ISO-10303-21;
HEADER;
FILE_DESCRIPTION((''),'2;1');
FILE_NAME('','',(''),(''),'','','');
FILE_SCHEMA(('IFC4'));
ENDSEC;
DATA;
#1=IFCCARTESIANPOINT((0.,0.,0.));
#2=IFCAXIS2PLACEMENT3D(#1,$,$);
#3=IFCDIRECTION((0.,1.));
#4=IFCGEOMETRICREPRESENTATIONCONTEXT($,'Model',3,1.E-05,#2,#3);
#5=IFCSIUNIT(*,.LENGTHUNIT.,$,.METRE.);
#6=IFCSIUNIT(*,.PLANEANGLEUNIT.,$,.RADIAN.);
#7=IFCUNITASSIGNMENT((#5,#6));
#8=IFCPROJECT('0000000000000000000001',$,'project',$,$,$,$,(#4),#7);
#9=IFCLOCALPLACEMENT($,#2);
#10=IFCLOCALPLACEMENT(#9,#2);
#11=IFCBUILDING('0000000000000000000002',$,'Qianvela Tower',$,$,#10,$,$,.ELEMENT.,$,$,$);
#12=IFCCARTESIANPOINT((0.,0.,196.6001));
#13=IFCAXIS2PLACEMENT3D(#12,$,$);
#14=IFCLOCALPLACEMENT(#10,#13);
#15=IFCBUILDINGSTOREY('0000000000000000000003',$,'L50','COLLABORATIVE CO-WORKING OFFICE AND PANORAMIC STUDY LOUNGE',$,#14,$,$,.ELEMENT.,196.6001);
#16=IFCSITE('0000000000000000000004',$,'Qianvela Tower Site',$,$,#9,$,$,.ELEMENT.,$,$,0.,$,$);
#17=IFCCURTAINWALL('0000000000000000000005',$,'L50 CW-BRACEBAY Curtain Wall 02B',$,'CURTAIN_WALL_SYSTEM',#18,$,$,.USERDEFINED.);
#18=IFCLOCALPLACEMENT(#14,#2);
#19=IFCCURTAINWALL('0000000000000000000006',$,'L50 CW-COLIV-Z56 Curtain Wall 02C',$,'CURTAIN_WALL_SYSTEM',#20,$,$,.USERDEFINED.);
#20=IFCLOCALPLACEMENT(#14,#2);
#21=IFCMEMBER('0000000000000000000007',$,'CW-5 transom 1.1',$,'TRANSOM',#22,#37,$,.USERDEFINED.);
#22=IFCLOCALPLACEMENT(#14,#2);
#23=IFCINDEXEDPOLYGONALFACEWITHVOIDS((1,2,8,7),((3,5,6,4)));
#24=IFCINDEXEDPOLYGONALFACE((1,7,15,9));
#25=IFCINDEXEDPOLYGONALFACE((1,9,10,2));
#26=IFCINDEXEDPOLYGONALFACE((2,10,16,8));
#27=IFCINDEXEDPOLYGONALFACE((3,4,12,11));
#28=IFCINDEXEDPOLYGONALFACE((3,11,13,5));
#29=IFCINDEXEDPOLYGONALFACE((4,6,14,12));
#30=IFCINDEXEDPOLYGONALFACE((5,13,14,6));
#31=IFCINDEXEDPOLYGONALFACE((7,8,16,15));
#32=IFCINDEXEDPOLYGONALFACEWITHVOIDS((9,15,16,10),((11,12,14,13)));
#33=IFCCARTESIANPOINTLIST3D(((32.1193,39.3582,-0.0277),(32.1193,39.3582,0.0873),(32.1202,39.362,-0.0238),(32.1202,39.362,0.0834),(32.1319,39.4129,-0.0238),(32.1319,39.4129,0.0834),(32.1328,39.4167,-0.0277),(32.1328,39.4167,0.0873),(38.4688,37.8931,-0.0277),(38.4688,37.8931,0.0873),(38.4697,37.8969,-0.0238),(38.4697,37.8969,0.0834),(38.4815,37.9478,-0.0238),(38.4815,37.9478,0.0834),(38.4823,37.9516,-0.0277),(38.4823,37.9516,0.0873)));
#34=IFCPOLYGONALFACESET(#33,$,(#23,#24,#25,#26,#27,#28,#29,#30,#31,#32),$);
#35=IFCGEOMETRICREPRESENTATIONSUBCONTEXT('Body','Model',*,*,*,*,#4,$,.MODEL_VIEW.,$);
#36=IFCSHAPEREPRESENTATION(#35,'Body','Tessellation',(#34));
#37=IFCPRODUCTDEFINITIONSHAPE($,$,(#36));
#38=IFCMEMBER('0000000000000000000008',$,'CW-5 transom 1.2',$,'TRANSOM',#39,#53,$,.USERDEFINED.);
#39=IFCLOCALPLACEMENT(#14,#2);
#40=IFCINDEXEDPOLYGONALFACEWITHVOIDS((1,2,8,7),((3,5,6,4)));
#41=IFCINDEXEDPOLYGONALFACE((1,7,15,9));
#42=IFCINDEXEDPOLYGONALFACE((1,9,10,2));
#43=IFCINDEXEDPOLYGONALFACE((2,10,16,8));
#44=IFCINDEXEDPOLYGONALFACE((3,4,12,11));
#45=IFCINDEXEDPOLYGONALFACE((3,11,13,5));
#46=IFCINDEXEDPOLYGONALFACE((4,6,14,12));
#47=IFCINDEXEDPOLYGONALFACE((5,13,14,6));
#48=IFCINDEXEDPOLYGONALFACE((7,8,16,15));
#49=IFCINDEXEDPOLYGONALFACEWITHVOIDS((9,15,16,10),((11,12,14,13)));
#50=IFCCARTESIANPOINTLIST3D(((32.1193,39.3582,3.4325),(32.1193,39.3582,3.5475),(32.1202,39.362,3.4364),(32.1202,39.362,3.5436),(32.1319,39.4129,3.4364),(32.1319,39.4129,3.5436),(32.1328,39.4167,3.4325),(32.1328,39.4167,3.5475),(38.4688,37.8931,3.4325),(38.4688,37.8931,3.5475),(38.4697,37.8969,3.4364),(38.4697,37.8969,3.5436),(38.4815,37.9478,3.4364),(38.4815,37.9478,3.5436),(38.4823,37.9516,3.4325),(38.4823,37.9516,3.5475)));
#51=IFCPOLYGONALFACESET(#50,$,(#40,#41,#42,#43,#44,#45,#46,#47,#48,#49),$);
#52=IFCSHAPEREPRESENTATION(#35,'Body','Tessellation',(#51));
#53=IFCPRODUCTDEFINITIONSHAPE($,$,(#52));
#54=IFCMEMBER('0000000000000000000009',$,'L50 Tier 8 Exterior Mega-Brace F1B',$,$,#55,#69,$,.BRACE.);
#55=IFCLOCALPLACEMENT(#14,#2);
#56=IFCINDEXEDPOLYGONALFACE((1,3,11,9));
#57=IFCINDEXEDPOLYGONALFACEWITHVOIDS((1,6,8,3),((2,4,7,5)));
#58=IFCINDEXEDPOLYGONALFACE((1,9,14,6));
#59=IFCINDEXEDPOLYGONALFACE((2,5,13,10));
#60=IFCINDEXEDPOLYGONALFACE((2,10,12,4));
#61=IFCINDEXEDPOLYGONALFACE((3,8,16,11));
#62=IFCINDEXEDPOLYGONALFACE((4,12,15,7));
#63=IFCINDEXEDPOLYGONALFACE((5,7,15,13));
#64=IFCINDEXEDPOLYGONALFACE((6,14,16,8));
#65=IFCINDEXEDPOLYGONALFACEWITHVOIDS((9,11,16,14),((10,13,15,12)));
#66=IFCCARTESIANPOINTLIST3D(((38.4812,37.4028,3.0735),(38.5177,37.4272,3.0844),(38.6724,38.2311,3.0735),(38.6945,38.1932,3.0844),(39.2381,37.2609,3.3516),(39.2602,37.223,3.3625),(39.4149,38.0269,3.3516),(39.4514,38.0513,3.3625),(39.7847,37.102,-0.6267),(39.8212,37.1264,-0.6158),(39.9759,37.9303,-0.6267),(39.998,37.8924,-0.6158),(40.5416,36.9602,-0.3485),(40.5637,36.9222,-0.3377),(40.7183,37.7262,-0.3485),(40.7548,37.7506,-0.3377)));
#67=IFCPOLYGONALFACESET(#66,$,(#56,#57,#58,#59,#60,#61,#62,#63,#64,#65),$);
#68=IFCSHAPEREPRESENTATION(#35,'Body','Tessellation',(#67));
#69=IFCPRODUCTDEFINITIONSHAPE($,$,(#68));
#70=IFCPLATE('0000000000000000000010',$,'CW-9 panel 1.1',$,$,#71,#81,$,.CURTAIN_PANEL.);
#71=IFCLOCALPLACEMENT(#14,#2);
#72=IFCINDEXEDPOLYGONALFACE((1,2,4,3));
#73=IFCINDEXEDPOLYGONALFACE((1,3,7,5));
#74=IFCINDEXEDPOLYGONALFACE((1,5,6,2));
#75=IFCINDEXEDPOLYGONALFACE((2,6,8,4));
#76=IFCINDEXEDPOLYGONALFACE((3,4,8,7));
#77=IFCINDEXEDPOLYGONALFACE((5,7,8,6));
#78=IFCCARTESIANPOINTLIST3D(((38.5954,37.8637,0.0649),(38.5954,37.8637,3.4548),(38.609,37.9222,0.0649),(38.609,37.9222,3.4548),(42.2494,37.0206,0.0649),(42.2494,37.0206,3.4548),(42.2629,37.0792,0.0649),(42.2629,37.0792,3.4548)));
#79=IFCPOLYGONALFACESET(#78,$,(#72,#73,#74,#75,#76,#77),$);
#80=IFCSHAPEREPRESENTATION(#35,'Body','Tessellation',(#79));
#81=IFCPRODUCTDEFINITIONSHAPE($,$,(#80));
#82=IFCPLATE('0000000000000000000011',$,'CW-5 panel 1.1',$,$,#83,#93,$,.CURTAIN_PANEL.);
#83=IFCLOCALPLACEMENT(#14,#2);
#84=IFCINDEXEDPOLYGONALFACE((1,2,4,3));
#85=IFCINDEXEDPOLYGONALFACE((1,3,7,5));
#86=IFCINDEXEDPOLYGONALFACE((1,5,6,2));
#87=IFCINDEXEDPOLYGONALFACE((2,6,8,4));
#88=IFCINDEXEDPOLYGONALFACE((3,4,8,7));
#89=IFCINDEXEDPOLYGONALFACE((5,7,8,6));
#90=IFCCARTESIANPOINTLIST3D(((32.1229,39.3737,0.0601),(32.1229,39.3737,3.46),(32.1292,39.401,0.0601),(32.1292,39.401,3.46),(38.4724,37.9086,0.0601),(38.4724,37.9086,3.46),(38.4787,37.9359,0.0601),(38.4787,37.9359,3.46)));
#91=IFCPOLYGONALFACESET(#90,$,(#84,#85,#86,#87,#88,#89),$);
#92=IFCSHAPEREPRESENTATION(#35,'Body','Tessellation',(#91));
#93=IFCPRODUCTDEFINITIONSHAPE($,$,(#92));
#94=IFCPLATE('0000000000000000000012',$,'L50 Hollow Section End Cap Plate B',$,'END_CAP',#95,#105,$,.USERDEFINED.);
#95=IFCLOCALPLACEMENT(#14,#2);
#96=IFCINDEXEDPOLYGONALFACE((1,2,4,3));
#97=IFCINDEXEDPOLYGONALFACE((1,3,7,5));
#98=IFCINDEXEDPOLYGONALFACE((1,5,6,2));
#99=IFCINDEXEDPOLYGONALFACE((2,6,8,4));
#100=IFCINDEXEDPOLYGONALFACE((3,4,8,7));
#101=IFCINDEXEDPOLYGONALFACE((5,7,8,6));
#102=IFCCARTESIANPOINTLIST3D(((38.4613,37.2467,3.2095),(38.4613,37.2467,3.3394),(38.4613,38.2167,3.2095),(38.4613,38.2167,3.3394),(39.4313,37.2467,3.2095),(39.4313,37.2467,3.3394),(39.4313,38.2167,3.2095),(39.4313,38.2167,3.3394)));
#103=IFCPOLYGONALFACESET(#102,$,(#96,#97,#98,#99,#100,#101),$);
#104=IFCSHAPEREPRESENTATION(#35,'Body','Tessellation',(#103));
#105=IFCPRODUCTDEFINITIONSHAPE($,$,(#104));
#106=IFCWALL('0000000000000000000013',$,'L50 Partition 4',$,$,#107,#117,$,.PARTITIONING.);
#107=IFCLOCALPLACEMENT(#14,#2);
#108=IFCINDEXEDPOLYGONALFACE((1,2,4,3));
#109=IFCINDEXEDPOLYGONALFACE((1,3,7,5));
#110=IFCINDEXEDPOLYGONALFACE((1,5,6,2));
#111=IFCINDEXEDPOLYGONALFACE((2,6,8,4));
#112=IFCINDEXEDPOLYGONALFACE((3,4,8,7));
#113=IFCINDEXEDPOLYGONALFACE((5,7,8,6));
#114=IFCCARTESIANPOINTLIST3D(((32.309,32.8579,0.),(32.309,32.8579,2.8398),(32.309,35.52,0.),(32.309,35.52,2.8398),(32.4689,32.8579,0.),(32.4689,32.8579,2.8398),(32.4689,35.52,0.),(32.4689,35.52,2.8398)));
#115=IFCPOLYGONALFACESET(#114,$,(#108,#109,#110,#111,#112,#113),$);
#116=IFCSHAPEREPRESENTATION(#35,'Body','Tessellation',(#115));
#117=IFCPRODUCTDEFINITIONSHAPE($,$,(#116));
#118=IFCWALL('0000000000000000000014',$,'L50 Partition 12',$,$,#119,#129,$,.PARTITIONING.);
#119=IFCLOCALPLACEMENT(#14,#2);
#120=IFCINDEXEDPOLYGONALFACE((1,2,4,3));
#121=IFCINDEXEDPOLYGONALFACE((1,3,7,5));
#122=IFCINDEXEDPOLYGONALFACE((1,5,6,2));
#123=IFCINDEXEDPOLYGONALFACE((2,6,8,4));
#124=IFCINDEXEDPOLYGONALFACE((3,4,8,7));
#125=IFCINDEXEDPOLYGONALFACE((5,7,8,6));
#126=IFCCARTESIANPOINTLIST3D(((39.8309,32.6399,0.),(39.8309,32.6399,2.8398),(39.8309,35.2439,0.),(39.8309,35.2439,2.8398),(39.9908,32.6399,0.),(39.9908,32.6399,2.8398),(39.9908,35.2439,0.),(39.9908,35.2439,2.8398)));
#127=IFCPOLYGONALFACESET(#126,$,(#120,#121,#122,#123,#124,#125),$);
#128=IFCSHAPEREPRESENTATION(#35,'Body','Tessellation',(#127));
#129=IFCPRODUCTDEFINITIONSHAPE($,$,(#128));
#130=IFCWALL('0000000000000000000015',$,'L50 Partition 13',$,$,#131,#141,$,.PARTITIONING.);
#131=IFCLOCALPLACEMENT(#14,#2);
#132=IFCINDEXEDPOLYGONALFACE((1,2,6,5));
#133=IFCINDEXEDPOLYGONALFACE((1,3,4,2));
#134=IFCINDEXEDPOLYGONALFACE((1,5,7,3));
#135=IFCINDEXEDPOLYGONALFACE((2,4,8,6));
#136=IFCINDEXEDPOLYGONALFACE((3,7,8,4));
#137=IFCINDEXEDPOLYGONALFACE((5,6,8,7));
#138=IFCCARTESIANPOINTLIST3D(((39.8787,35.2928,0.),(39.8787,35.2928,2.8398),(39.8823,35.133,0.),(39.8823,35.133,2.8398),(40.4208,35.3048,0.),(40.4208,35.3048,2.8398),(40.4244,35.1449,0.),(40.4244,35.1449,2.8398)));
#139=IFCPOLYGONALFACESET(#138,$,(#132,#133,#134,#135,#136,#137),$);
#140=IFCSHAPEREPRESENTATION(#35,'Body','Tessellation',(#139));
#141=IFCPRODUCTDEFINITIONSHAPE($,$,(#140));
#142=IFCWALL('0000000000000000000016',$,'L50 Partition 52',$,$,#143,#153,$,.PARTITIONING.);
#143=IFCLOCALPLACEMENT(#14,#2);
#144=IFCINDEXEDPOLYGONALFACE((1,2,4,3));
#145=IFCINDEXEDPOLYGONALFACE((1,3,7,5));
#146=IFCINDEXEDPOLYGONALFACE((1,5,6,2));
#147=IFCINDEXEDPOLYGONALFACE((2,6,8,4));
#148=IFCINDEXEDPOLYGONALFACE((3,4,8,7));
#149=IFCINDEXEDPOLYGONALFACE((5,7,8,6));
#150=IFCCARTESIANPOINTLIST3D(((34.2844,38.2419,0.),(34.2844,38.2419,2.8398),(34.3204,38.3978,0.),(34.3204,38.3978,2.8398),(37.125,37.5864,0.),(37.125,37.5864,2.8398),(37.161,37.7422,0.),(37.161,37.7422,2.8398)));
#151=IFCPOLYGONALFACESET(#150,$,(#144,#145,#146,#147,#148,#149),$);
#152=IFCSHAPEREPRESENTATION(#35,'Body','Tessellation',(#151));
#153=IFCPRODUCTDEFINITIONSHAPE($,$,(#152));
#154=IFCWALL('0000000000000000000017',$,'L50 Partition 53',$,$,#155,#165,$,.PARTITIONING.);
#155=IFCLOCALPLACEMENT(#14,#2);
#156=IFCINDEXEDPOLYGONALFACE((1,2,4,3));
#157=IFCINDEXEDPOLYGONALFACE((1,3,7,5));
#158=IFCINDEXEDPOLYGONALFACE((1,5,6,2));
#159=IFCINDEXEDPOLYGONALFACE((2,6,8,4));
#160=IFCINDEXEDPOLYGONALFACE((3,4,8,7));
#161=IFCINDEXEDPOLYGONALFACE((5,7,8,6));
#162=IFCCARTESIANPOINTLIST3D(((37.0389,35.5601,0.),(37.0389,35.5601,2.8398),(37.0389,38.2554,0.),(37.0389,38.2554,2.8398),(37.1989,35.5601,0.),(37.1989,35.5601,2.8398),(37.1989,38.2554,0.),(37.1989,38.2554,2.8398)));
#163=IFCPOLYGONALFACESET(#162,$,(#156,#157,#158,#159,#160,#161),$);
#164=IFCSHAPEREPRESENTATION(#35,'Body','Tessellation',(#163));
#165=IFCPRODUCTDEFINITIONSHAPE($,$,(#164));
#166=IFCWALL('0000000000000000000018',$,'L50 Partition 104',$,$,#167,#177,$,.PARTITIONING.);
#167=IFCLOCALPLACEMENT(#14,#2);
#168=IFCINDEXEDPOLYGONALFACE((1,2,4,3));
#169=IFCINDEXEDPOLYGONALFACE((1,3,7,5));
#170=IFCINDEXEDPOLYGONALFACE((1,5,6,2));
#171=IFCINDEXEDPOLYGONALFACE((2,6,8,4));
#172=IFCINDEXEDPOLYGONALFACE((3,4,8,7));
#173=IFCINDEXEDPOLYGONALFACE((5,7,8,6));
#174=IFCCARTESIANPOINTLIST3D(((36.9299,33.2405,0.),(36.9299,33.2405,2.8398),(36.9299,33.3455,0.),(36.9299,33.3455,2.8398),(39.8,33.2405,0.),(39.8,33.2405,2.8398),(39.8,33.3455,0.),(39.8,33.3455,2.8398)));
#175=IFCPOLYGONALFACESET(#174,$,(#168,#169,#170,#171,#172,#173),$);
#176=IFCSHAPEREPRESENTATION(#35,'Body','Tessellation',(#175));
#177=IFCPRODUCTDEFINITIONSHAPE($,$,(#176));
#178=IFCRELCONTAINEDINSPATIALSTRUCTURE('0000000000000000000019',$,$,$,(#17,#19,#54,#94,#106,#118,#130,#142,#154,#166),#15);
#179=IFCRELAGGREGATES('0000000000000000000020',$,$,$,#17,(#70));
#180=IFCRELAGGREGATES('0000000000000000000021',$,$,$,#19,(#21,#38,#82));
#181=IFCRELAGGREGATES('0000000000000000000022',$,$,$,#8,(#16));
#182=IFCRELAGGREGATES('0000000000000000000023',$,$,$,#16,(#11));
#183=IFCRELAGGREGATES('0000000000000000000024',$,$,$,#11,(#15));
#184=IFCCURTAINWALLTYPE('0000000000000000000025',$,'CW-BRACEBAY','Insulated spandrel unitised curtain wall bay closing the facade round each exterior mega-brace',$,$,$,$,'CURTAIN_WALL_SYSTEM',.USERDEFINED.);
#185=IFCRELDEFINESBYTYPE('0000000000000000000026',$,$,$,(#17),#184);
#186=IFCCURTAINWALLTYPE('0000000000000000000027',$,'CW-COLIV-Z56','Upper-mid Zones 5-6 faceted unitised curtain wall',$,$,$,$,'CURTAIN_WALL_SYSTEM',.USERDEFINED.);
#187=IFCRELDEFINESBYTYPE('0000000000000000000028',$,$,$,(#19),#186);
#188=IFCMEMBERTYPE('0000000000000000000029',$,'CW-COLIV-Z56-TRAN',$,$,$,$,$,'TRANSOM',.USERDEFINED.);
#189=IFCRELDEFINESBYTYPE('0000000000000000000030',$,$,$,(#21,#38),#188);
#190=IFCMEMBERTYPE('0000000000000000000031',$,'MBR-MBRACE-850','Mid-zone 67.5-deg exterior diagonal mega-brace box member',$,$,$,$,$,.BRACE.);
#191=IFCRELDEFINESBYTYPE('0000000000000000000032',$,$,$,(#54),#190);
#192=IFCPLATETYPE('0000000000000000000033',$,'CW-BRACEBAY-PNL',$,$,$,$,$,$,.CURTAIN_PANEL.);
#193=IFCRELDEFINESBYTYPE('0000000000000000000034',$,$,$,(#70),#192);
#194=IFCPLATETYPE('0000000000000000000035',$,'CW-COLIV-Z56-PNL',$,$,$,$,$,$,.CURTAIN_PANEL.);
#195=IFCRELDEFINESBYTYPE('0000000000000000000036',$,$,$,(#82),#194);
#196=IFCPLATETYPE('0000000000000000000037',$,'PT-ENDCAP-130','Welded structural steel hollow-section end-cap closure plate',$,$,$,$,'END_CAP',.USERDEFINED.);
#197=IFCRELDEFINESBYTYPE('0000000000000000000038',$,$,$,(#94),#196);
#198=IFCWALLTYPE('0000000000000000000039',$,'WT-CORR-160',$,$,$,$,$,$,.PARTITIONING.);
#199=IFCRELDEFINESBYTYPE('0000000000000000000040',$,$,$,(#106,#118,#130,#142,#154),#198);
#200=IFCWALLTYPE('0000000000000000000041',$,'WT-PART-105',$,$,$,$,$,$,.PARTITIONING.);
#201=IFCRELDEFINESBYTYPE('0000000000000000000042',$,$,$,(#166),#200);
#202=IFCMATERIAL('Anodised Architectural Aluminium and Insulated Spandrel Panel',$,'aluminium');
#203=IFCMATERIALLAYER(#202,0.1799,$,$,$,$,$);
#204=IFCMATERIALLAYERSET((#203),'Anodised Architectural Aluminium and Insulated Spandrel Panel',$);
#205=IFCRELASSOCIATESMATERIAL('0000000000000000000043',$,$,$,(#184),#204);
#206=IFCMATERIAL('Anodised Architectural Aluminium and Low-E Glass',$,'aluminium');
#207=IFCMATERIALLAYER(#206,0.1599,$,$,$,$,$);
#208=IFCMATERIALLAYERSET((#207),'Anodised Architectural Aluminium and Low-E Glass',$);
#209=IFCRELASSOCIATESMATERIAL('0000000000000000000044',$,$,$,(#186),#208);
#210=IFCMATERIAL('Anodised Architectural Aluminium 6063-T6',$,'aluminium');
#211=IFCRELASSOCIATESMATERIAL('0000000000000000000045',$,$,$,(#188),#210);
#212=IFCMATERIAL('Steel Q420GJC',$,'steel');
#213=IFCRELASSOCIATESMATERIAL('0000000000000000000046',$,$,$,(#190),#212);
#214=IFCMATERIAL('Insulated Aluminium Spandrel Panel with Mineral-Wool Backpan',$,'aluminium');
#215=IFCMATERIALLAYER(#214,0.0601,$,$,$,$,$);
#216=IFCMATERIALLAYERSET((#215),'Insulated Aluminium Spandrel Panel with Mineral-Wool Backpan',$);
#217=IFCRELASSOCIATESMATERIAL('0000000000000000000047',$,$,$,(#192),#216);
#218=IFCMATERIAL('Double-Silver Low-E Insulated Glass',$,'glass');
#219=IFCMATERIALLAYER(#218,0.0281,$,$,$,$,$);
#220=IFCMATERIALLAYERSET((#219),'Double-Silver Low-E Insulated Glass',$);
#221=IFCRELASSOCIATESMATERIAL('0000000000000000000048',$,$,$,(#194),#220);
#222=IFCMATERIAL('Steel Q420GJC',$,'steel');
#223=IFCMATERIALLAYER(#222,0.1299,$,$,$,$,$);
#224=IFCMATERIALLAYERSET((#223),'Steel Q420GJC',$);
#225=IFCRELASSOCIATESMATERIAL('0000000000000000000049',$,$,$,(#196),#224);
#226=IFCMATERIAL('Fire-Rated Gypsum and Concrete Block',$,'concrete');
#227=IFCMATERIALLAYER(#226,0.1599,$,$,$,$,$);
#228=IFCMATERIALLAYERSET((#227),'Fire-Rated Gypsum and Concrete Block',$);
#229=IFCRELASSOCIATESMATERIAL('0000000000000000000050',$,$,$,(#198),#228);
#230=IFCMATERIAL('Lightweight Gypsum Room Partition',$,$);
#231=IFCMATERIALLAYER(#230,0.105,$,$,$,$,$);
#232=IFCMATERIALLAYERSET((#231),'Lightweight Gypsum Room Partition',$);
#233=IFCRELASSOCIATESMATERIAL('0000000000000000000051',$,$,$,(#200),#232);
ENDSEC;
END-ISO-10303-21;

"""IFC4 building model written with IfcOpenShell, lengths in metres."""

from ifc_helpers import new_model, si_unit, direction, frame, frame_2d, origin, origin_2d, place, context, subcontext, project, spatial, rectangle, hollow_rectangle, extrude, material, layer, layer_set, material_profile, profile_set, type_object, element, aggregate, save


model = new_model("IFC4")

# Units and contexts
model_context = context("Model", 3, precision=1e-05, world=origin(), true_north=direction((0.0, 1.0)))
body_context = subcontext(model_context, "Body", "Model", "MODEL_VIEW")
ifc_project = project(units=[si_unit("LENGTHUNIT", "METRE"), si_unit("PLANEANGLEUNIT", "RADIAN")], contexts=[model_context])

# Site, building, storey
site_placement = place(None, origin())
site = spatial("IfcSite", under=ifc_project, at=site_placement, Name="Qianvela Tower Site", CompositionType="ELEMENT", RefElevation=0.0)
building_placement = place(site_placement, origin())
building = spatial("IfcBuilding", under=site, at=building_placement, Name="Qianvela Tower", CompositionType="ELEMENT")
storey_placement = place(building_placement, frame((0.0, 0.0, 196.6001)))
storey = spatial("IfcBuildingStorey", under=building, at=storey_placement, Name="L50", Description="COLLABORATIVE CO-WORKING OFFICE AND PANORAMIC STUDY LOUNGE", CompositionType="ELEMENT", Elevation=196.6001)

# Curtain wall
ifc_material_1 = material(Name="Anodised Architectural Aluminium and Insulated Spandrel Panel", Category="aluminium")
ifc_layer_1 = layer(ifc_material_1, 0.1799)
ifc_layer_set_1 = layer_set([ifc_layer_1], Name="Anodised Architectural Aluminium and Insulated Spandrel Panel")
curtain_wall_type_1 = type_object("IfcCurtainWallType", Name="CW-BRACEBAY", Description="Insulated spandrel unitised curtain wall bay closing the facade round each exterior mega-brace", ElementType="CURTAIN_WALL_SYSTEM", PredefinedType="USERDEFINED", material=ifc_layer_set_1)
curtain_wall_1_placement = place(storey_placement, origin())
curtain_wall_1 = element("IfcCurtainWall", 1, at=curtain_wall_1_placement, inside=storey, type_object=curtain_wall_type_1, Name="L50 CW-BRACEBAY Curtain Wall 02B", ObjectType="CURTAIN_WALL_SYSTEM", PredefinedType="USERDEFINED")

# Curtain wall, members
ifc_material_2 = material(Name="Anodised Architectural Aluminium and Low-E Glass", Category="aluminium")
ifc_layer_2 = layer(ifc_material_2, 0.1599)
ifc_layer_set_2 = layer_set([ifc_layer_2], Name="Anodised Architectural Aluminium and Low-E Glass")
curtain_wall_type_2 = type_object("IfcCurtainWallType", Name="CW-COLIV-Z56", Description="Upper-mid Zones 5-6 faceted unitised curtain wall", ElementType="CURTAIN_WALL_SYSTEM", PredefinedType="USERDEFINED", material=ifc_layer_set_2)
curtain_wall_2_placement = place(storey_placement, origin())
curtain_wall_2 = element("IfcCurtainWall", 2, at=curtain_wall_2_placement, inside=storey, type_object=curtain_wall_type_2, Name="L50 CW-COLIV-Z56 Curtain Wall 02C", ObjectType="CURTAIN_WALL_SYSTEM", PredefinedType="USERDEFINED")
ifc_material_3 = material(Name="Anodised Architectural Aluminium 6063-T6", Category="aluminium")
ifc_material_profile_1 = material_profile(ifc_material_3, hollow_rectangle(XDim=0.0601, YDim=0.115, WallThickness=0.0039, at=origin_2d()), Name="ALU-TRAN-60x115")
ifc_profile_set_1 = profile_set([ifc_material_profile_1], Name="Anodised Architectural Aluminium 6063-T6")
member_type_1 = type_object("IfcMemberType", Name="CW-COLIV-Z56-TRAN", ElementType="TRANSOM", PredefinedType="USERDEFINED", material=ifc_profile_set_1)
member_1_placement = place(storey_placement, frame((38.4756, 37.9224, 0.0298), z_axis=(-0.974398, 0.224829, 0.0), x_axis=(-0.224829, -0.974398, 0.0)))
member_1 = element("IfcMember", 3, at=member_1_placement, type_object=member_type_1, Name="CW-5 transom 1.1", ObjectType="TRANSOM", PredefinedType="USERDEFINED", context=body_context, shape_type="SweptSolid", body=[
    extrude(hollow_rectangle(XDim=0.0601, YDim=0.115, WallThickness=0.0039, at=origin_2d()), origin(), (0.0, 0.0, 1.0), 6.5164),
])
member_2_placement = place(storey_placement, frame((38.4756, 37.9224, 3.49), z_axis=(-0.974398, 0.224829, 0.0), x_axis=(-0.224829, -0.974398, 0.0)))
member_2 = element("IfcMember", 4, at=member_2_placement, type_object=member_type_1, Name="CW-5 transom 1.2", ObjectType="TRANSOM", PredefinedType="USERDEFINED", context=body_context, shape_type="SweptSolid", body=[
    extrude(hollow_rectangle(XDim=0.0601, YDim=0.115, WallThickness=0.0039, at=origin_2d()), origin(), (0.0, 0.0, 1.0), 6.5164),
])

# Member
ifc_material_4 = material(Name="Steel Q420GJC", Category="steel")
ifc_material_profile_2 = material_profile(ifc_material_4, hollow_rectangle(XDim=0.8501, YDim=0.8501, WallThickness=0.032, at=origin_2d()), Name="MBOX-850x850x32")
ifc_profile_set_2 = profile_set([ifc_material_profile_2], Name="Steel Q420GJC")
member_type_2 = type_object("IfcMemberType", Name="MBR-MBRACE-850", Description="Mid-zone 67.5-deg exterior diagonal mega-brace box member", PredefinedType="BRACE", material=ifc_profile_set_2)
member_3_placement = place(storey_placement, frame((40.2698, 37.4263, -0.4822), z_axis=(-0.331285, 0.076446, 0.940429), x_axis=(-0.224846, -0.974394, 0.0)))
element("IfcMember", 5, at=member_3_placement, inside=storey, type_object=member_type_2, Name="L50 Tier 8 Exterior Mega-Brace F1B", PredefinedType="BRACE", context=body_context, shape_type="SweptSolid", body=[
    extrude(hollow_rectangle(XDim=0.8501, YDim=0.8501, WallThickness=0.032, at=origin_2d()), origin(), (0.0, 0.0, 1.0), 3.9346),
])

# Plates
ifc_material_5 = material(Name="Insulated Aluminium Spandrel Panel with Mineral-Wool Backpan", Category="aluminium")
ifc_layer_3 = layer(ifc_material_5, 0.0601)
ifc_layer_set_3 = layer_set([ifc_layer_3], Name="Insulated Aluminium Spandrel Panel with Mineral-Wool Backpan")
plate_type_1 = type_object("IfcPlateType", Name="CW-BRACEBAY-PNL", PredefinedType="CURTAIN_PANEL", material=ifc_layer_set_3)
plate_1_placement = place(storey_placement, frame((40.4292, 37.4714, 0.0649), z_axis=(0.0, 0.0, 1.0), x_axis=(-0.974399, 0.224824, 0.0)))
plate_1 = element("IfcPlate", 6, at=plate_1_placement, type_object=plate_type_1, Name="CW-9 panel 1.1", PredefinedType="CURTAIN_PANEL", context=body_context, shape_type="SweptSolid", body=[
    extrude(rectangle(XDim=3.75, YDim=0.0601, at=origin_2d()), origin(), (0.0, 0.0, 1.0), 3.3899),
])
aggregate(curtain_wall_1, [plate_1])
ifc_material_6 = material(Name="Double-Silver Low-E Insulated Glass", Category="glass")
ifc_layer_4 = layer(ifc_material_6, 0.0281)
ifc_layer_set_4 = layer_set([ifc_layer_4], Name="Double-Silver Low-E Insulated Glass")
plate_type_2 = type_object("IfcPlateType", Name="CW-COLIV-Z56-PNL", PredefinedType="CURTAIN_PANEL", material=ifc_layer_set_4)
plate_2_placement = place(storey_placement, frame((35.3008, 38.6548, 0.0601), z_axis=(0.0, 0.0, 1.0), x_axis=(-0.974397, 0.224836, 0.0)))
plate_2 = element("IfcPlate", 7, at=plate_2_placement, type_object=plate_type_2, Name="CW-5 panel 1.1", PredefinedType="CURTAIN_PANEL", context=body_context, shape_type="SweptSolid", body=[
    extrude(rectangle(XDim=6.5164, YDim=0.0281, at=origin_2d()), origin(), (0.0, 0.0, 1.0), 3.3999),
])
aggregate(curtain_wall_2, [member_1, member_2, plate_2])
ifc_material_7 = material(Name="Steel Q420GJC", Category="steel")
ifc_layer_5 = layer(ifc_material_7, 0.1299)
ifc_layer_set_5 = layer_set([ifc_layer_5], Name="Steel Q420GJC")
plate_type_3 = type_object("IfcPlateType", Name="PT-ENDCAP-130", Description="Welded structural steel hollow-section end-cap closure plate", ElementType="END_CAP", PredefinedType="USERDEFINED", material=ifc_layer_set_5)
plate_3_placement = place(storey_placement, frame((38.9463, 37.7317, 3.2095), z_axis=(0.0, 0.0, 1.0), x_axis=(1.0, 0.0, 0.0)))
element("IfcPlate", 8, at=plate_3_placement, inside=storey, type_object=plate_type_3, Name="L50 Hollow Section End Cap Plate B", ObjectType="END_CAP", PredefinedType="USERDEFINED", context=body_context, shape_type="SweptSolid", body=[
    extrude(rectangle(XDim=0.97, YDim=0.97, at=origin_2d()), origin(), (0.0, 0.0, 1.0), 0.1299),
])

# Walls
ifc_material_8 = material(Name="Fire-Rated Gypsum and Concrete Block", Category="concrete")
ifc_layer_6 = layer(ifc_material_8, 0.1599)
ifc_layer_set_6 = layer_set([ifc_layer_6], Name="Fire-Rated Gypsum and Concrete Block")
wall_type_1 = type_object("IfcWallType", Name="WT-CORR-160", PredefinedType="PARTITIONING", material=ifc_layer_set_6)
wall_1_placement = place(storey_placement, frame((32.3889, 35.52, 0.0), z_axis=(0.0, 0.0, 1.0), x_axis=(0.0, -1.0, 0.0)))
element("IfcWall", 9, at=wall_1_placement, inside=storey, type_object=wall_type_1, Name="L50 Partition 4", PredefinedType="PARTITIONING", context=body_context, shape_type="SweptSolid", body=[
    extrude(rectangle(XDim=2.6621, YDim=0.1599, at=frame_2d((1.3311, 0.0))), origin(), (0.0, 0.0, 1.0), 2.8398),
])
wall_2_placement = place(storey_placement, frame((39.9109, 32.6399, 0.0), z_axis=(0.0, 0.0, 1.0), x_axis=(0.0, 1.0, 0.0)))
element("IfcWall", 10, at=wall_2_placement, inside=storey, type_object=wall_type_1, Name="L50 Partition 12", PredefinedType="PARTITIONING", context=body_context, shape_type="SweptSolid", body=[
    extrude(rectangle(XDim=2.604, YDim=0.1599, at=frame_2d((1.302, 0.0))), origin(), (0.0, 0.0, 1.0), 2.8398),
])
wall_3_placement = place(storey_placement, frame((39.8806, 35.2129, 0.0), z_axis=(0.0, 0.0, 1.0), x_axis=(0.999757, 0.022067, 0.0)))
element("IfcWall", 11, at=wall_3_placement, inside=storey, type_object=wall_type_1, Name="L50 Partition 13", PredefinedType="PARTITIONING", context=body_context, shape_type="SweptSolid", body=[
    extrude(rectangle(XDim=0.5422, YDim=0.1599, at=frame_2d((0.271, 0.0))), origin(), (0.0, 0.0, 1.0), 2.8398),
])
wall_4_placement = place(storey_placement, frame((34.3025, 38.3198, 0.0), z_axis=(0.0, 0.0, 1.0), x_axis=(0.974391, -0.22486, 0.0)))
element("IfcWall", 12, at=wall_4_placement, inside=storey, type_object=wall_type_1, Name="L50 Partition 52", PredefinedType="PARTITIONING", context=body_context, shape_type="SweptSolid", body=[
    extrude(rectangle(XDim=2.9153, YDim=0.1599, at=frame_2d((1.4575, 0.0))), origin(), (0.0, 0.0, 1.0), 2.8398),
])
wall_5_placement = place(storey_placement, frame((37.1189, 38.2554, 0.0), z_axis=(0.0, 0.0, 1.0), x_axis=(0.0, -1.0, 0.0)))
element("IfcWall", 13, at=wall_5_placement, inside=storey, type_object=wall_type_1, Name="L50 Partition 53", PredefinedType="PARTITIONING", context=body_context, shape_type="SweptSolid", body=[
    extrude(rectangle(XDim=2.6953, YDim=0.1599, at=frame_2d((1.3477, 0.0))), origin(), (0.0, 0.0, 1.0), 2.8398),
])
ifc_material_9 = material(Name="Lightweight Gypsum Room Partition")
ifc_layer_7 = layer(ifc_material_9, 0.105)
ifc_layer_set_7 = layer_set([ifc_layer_7], Name="Lightweight Gypsum Room Partition")
wall_type_2 = type_object("IfcWallType", Name="WT-PART-105", PredefinedType="PARTITIONING", material=ifc_layer_set_7)
wall_6_placement = place(storey_placement, frame((39.8, 33.293, 0.0), z_axis=(0.0, 0.0, 1.0), x_axis=(-1.0, 0.0, 0.0)))
element("IfcWall", 14, at=wall_6_placement, inside=storey, type_object=wall_type_2, Name="L50 Partition 104", PredefinedType="PARTITIONING", context=body_context, shape_type="SweptSolid", body=[
    extrude(rectangle(XDim=2.8701, YDim=0.105, at=frame_2d((1.4351, 0.0))), origin(), (0.0, 0.0, 1.0), 2.8398),
])

save(model, "model.ifc")
